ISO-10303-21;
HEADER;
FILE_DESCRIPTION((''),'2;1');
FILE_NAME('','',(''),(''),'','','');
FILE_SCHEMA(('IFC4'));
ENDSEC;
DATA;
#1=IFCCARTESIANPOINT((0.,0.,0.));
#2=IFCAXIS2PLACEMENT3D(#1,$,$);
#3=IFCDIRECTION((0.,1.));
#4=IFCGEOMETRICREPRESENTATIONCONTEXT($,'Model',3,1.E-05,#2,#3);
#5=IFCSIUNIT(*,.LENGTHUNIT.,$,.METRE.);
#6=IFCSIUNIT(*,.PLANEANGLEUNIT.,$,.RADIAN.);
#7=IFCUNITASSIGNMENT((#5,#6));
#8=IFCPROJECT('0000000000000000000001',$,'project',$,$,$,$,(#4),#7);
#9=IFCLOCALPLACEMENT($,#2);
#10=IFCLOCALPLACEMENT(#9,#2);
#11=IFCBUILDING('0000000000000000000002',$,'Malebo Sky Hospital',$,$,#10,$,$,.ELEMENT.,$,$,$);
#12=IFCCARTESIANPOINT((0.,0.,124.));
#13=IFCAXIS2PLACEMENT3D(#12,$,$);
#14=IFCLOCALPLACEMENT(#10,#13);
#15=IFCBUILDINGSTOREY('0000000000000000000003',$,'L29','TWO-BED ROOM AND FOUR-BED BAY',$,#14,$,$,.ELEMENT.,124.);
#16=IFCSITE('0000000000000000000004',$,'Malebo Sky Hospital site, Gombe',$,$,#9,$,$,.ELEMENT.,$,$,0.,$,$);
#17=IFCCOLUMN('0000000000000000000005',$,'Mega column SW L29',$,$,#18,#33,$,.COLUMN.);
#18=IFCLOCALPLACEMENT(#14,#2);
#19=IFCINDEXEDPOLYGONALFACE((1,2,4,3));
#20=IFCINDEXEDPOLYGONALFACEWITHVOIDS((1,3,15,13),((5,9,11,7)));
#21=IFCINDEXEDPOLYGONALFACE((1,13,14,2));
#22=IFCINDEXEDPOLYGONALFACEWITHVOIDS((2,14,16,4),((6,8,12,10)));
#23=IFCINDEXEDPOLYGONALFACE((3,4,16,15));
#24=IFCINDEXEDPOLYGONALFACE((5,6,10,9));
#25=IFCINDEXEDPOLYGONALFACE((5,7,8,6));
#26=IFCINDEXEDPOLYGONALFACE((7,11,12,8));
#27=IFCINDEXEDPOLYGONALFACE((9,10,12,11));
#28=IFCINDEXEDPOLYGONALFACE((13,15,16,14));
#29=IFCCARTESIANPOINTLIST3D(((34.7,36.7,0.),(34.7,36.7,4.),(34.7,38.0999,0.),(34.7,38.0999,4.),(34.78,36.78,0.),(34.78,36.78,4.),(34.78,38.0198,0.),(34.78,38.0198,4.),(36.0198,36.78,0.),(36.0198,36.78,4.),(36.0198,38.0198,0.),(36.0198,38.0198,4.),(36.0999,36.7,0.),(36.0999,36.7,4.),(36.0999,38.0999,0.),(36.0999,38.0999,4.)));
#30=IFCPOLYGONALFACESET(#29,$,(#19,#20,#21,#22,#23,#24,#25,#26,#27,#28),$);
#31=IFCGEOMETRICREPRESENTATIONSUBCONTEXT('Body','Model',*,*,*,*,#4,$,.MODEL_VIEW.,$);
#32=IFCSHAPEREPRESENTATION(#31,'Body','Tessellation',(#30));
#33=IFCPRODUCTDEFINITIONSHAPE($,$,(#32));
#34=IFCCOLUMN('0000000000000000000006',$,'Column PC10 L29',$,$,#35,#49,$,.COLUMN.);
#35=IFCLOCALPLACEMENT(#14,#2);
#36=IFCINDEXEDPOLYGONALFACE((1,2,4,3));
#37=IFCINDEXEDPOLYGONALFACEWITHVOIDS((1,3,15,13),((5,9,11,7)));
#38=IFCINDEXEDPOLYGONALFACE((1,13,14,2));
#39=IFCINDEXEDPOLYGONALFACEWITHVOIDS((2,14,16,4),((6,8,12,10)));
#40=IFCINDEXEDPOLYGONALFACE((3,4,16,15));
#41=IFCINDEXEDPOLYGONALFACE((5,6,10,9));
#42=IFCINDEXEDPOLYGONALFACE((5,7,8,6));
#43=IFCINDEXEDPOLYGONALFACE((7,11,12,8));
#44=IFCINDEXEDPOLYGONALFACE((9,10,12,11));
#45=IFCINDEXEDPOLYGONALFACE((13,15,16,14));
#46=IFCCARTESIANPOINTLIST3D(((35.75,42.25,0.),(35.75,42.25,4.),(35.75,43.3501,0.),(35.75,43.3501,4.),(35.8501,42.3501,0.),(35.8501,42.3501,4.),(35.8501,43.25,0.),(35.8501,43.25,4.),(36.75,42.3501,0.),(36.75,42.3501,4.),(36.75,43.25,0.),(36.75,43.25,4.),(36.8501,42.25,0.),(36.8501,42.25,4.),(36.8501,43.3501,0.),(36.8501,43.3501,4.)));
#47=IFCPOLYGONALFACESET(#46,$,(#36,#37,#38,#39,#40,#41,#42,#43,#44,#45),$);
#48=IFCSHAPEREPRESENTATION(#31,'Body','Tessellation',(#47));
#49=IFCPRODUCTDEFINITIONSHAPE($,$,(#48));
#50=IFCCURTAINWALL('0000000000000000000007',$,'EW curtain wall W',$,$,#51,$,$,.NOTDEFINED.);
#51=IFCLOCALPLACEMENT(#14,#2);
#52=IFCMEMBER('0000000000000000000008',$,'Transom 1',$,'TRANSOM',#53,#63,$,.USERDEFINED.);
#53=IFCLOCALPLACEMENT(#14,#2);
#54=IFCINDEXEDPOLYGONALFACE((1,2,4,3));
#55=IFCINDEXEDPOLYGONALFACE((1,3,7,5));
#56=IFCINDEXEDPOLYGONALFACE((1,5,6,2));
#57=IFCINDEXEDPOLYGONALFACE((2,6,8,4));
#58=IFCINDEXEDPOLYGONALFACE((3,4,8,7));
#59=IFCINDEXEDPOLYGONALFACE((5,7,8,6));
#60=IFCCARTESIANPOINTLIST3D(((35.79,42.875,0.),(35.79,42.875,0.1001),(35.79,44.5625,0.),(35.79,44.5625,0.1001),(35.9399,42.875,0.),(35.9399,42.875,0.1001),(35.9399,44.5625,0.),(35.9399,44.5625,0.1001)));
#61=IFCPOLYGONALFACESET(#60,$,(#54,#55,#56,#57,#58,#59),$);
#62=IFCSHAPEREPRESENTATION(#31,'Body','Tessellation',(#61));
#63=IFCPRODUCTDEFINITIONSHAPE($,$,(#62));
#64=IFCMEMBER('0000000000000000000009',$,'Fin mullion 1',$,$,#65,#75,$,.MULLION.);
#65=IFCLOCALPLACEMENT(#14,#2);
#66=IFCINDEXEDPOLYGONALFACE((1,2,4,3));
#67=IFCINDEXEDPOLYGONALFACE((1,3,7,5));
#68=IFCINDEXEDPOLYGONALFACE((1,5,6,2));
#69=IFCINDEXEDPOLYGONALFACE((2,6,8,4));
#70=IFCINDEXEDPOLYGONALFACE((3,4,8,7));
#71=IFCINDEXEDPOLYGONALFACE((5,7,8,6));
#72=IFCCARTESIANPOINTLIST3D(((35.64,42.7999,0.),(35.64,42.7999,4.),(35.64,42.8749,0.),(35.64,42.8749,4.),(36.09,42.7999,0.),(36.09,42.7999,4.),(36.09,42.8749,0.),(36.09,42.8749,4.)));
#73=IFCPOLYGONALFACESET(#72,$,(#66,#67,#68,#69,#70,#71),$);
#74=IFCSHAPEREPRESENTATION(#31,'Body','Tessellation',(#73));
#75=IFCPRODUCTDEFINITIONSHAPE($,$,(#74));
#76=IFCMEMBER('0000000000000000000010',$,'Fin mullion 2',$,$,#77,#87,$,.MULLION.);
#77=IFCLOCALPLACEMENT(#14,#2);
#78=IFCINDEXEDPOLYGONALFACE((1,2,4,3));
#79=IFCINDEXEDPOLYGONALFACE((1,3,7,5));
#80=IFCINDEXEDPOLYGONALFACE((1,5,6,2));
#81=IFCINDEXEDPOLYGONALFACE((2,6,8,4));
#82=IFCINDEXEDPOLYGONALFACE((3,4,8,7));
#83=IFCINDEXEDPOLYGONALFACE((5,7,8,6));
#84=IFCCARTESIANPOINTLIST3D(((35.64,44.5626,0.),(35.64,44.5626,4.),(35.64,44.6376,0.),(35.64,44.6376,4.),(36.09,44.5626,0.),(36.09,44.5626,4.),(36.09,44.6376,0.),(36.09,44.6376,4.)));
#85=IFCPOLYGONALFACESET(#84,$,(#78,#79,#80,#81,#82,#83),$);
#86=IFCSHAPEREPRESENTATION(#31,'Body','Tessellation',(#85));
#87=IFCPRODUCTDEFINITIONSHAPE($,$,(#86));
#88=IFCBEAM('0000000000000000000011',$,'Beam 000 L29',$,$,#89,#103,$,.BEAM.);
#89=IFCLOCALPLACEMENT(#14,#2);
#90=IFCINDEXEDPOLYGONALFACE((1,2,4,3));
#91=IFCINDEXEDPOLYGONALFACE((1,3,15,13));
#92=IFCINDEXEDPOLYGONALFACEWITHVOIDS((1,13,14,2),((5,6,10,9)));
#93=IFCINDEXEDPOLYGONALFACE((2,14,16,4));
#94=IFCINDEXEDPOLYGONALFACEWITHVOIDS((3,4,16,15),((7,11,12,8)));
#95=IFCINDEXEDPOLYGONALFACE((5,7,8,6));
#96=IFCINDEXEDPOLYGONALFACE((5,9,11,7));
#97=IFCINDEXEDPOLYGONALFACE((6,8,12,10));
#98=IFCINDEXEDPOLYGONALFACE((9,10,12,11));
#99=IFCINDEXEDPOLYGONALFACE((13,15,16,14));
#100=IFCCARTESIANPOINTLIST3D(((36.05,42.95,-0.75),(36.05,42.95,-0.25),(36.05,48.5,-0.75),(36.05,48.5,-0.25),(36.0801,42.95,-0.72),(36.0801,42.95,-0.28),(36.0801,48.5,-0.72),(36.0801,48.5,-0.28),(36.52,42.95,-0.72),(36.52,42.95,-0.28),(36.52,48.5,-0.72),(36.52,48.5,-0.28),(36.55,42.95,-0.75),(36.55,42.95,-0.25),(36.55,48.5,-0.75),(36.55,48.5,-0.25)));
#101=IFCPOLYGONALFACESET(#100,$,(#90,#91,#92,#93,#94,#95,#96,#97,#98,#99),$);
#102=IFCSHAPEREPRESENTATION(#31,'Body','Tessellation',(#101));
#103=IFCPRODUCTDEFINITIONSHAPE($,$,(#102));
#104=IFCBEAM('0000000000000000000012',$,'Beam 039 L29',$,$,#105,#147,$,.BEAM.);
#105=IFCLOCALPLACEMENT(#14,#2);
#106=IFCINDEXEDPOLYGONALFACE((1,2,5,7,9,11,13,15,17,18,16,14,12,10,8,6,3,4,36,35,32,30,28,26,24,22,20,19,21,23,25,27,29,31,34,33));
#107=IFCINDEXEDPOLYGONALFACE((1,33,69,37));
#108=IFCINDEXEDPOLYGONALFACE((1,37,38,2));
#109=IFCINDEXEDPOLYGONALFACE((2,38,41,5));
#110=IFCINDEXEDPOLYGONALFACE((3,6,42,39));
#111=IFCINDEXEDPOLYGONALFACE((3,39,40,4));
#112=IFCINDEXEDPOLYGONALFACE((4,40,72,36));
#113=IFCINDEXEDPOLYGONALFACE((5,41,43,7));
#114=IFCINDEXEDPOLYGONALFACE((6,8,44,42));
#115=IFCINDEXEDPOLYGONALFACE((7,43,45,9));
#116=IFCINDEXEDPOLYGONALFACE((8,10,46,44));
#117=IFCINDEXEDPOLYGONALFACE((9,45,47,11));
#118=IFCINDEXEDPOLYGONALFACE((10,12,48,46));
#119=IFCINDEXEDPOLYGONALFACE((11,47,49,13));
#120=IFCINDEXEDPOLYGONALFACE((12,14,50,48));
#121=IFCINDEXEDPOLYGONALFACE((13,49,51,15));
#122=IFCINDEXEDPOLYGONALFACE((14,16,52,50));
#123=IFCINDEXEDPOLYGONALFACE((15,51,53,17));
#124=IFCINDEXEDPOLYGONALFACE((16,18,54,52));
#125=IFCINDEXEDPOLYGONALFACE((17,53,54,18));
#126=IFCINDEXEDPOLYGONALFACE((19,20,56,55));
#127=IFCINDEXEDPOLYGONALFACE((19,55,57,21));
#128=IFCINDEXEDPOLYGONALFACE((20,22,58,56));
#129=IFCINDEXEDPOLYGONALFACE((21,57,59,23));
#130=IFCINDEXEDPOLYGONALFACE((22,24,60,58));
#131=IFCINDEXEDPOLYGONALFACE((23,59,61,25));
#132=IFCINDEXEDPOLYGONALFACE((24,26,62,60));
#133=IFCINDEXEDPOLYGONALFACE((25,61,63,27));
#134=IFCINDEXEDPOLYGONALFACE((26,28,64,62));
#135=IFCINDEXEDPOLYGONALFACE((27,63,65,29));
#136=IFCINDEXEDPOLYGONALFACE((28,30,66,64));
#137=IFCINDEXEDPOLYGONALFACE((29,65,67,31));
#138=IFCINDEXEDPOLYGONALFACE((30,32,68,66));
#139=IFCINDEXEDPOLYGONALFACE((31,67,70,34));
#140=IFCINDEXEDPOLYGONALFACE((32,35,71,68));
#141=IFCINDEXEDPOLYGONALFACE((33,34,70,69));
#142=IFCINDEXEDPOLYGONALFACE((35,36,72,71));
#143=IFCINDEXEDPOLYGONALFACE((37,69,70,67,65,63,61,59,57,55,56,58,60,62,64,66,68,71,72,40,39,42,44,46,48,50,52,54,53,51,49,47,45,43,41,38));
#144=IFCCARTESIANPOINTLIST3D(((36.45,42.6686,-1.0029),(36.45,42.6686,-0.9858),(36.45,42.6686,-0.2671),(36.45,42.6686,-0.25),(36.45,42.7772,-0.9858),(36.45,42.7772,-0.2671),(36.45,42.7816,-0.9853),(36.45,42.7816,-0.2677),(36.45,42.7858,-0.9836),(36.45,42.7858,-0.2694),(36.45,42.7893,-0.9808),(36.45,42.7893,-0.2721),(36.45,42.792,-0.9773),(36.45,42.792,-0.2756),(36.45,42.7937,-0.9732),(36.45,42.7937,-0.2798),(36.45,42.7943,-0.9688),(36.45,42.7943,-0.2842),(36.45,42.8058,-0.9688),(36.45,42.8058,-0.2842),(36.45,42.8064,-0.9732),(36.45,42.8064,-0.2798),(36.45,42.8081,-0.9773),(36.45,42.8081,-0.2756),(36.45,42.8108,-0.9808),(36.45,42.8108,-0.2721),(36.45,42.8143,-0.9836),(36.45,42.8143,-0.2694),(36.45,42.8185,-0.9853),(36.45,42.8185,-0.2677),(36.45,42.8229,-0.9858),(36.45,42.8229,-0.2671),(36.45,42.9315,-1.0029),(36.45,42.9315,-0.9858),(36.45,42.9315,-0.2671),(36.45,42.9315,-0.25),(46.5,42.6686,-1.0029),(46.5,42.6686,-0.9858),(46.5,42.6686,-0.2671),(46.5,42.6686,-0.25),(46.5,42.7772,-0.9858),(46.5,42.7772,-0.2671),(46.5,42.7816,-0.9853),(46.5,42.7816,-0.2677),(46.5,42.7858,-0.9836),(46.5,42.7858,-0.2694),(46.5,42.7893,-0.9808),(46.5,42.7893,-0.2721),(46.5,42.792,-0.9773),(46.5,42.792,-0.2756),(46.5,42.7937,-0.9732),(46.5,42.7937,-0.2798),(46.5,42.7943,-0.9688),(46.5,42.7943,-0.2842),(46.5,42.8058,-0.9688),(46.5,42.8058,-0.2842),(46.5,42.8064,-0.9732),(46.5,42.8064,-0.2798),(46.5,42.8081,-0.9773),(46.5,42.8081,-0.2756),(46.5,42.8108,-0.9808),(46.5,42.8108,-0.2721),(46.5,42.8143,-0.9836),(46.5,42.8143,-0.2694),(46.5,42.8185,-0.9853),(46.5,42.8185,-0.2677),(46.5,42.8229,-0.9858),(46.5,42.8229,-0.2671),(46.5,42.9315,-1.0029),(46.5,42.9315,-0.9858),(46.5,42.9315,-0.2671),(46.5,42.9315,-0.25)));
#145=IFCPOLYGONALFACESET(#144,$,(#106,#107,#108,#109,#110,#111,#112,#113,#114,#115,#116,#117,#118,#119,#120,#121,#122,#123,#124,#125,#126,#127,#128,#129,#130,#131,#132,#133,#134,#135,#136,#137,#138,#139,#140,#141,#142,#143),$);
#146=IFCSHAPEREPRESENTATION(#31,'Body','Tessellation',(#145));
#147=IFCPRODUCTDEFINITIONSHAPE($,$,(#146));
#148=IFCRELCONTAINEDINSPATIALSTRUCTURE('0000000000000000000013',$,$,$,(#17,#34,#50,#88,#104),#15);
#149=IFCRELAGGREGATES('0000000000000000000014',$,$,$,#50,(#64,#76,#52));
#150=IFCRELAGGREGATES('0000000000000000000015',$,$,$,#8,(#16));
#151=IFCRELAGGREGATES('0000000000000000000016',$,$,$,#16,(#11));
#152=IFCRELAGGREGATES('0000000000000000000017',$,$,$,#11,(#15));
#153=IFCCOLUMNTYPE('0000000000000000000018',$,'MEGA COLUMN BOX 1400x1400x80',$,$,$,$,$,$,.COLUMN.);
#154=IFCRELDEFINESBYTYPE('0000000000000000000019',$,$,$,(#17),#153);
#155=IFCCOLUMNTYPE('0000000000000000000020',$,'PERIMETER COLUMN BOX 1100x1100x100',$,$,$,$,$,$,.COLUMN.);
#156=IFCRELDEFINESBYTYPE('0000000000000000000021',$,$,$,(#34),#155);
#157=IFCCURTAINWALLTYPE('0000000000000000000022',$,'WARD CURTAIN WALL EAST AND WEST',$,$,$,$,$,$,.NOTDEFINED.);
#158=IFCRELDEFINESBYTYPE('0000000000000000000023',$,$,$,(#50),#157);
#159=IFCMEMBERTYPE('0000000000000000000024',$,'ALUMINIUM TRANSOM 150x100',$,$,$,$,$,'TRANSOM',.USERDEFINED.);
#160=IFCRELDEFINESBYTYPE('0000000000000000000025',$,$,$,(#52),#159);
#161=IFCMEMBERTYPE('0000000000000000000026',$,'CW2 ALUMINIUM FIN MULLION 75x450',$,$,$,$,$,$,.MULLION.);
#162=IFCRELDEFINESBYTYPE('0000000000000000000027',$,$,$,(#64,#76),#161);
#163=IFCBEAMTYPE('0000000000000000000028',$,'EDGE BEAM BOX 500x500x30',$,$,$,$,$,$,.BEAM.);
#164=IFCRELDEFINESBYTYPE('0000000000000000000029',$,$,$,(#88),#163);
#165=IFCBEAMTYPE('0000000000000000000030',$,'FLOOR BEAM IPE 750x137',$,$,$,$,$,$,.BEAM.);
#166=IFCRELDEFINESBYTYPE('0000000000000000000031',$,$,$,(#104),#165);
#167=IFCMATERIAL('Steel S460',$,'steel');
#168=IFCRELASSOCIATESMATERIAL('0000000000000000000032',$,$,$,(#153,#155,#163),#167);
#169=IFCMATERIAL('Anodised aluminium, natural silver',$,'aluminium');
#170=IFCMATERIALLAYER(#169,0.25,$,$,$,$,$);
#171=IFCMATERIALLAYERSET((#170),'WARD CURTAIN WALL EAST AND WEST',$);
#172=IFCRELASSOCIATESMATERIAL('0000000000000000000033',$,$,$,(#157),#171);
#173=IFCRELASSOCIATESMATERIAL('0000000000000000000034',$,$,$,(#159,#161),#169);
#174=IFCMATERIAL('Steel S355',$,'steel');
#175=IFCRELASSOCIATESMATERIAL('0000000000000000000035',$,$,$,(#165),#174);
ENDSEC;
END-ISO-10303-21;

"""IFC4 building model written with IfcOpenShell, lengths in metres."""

from ifc_helpers import new_model, si_unit, direction, frame, origin, origin_2d, place, context, subcontext, project, spatial, rectangle, hollow_rectangle, i_section, extrude, material, layer, layer_set, material_profile, profile_set, type_object, element, aggregate, save


model = new_model("IFC4")

# Units and contexts
model_context = context("Model", 3, precision=1e-05, world=origin(), true_north=direction((0.0, 1.0)))
body_context = subcontext(model_context, "Body", "Model", "MODEL_VIEW")
ifc_project = project(units=[si_unit("LENGTHUNIT", "METRE"), si_unit("PLANEANGLEUNIT", "RADIAN")], contexts=[model_context])

# Site, building, storey
site_placement = place(None, origin())
site = spatial("IfcSite", under=ifc_project, at=site_placement, Name="Malebo Sky Hospital site, Gombe", CompositionType="ELEMENT", RefElevation=0.0)
building_placement = place(site_placement, origin())
building = spatial("IfcBuilding", under=site, at=building_placement, Name="Malebo Sky Hospital", CompositionType="ELEMENT")
storey_placement = place(building_placement, frame((0.0, 0.0, 124.0)))
storey = spatial("IfcBuildingStorey", under=building, at=storey_placement, Name="L29", Description="TWO-BED ROOM AND FOUR-BED BAY", CompositionType="ELEMENT", Elevation=124.0)

# Columns
ifc_material_1 = material(Name="Steel S460", Category="steel")
ifc_material_profile_1 = material_profile(ifc_material_1, hollow_rectangle(XDim=1.3999, YDim=1.3999, WallThickness=0.0801, at=origin_2d()), Name="BOX 1400x1400x80")
ifc_profile_set_1 = profile_set([ifc_material_profile_1], Name="Steel S460")
column_type_1 = type_object("IfcColumnType", Name="MEGA COLUMN BOX 1400x1400x80", PredefinedType="COLUMN", material=ifc_profile_set_1)
column_1_placement = place(storey_placement, frame((35.3999, 37.3999, 0.0), z_axis=(0.0, 0.0, 1.0), x_axis=(1.0, 0.0, 0.0)))
element("IfcColumn", 1, at=column_1_placement, inside=storey, type_object=column_type_1, Name="Mega column SW L29", PredefinedType="COLUMN", context=body_context, shape_type="SweptSolid", body=[
    extrude(hollow_rectangle(XDim=1.3999, YDim=1.3999, WallThickness=0.0801, at=origin_2d()), origin(), (0.0, 0.0, 1.0), 4.0),
])
ifc_material_profile_2 = material_profile(ifc_material_1, hollow_rectangle(XDim=1.1001, YDim=1.1001, WallThickness=0.1001, at=origin_2d()), Name="BOX 1100x1100x100")
ifc_profile_set_2 = profile_set([ifc_material_profile_2], Name="Steel S460")
column_type_2 = type_object("IfcColumnType", Name="PERIMETER COLUMN BOX 1100x1100x100", PredefinedType="COLUMN", material=ifc_profile_set_2)
column_2_placement = place(storey_placement, frame((36.3, 42.8, 0.0), z_axis=(0.0, 0.0, 1.0), x_axis=(1.0, 0.0, 0.0)))
element("IfcColumn", 2, at=column_2_placement, inside=storey, type_object=column_type_2, Name="Column PC10 L29", PredefinedType="COLUMN", context=body_context, shape_type="SweptSolid", body=[
    extrude(hollow_rectangle(XDim=1.1001, YDim=1.1001, WallThickness=0.1001, at=origin_2d()), origin(), (0.0, 0.0, 1.0), 4.0),
])

# Curtain wall, members
ifc_material_2 = material(Name="Anodised aluminium, natural silver", Category="aluminium")
ifc_layer_1 = layer(ifc_material_2, 0.25)
ifc_layer_set_1 = layer_set([ifc_layer_1], Name="WARD CURTAIN WALL EAST AND WEST")
curtain_wall_type = type_object("IfcCurtainWallType", Name="WARD CURTAIN WALL EAST AND WEST", PredefinedType="NOTDEFINED", material=ifc_layer_set_1)
curtain_wall_placement = place(storey_placement, origin())
curtain_wall = element("IfcCurtainWall", 3, at=curtain_wall_placement, inside=storey, type_object=curtain_wall_type, Name="EW curtain wall W", PredefinedType="NOTDEFINED")
ifc_material_profile_3 = material_profile(ifc_material_2, rectangle(XDim=0.1499, YDim=0.1001, at=origin_2d()), Name="ALUMINIUM TRANSOM 150x100")
ifc_profile_set_3 = profile_set([ifc_material_profile_3], Name="Anodised aluminium, natural silver")
member_type_1 = type_object("IfcMemberType", Name="ALUMINIUM TRANSOM 150x100", ElementType="TRANSOM", PredefinedType="USERDEFINED", material=ifc_profile_set_3)
member_1_placement = place(storey_placement, frame((35.865, 42.875, 0.05), z_axis=(0.0, 1.0, 0.0), x_axis=(-1.0, 0.0, 0.0)))
member_1 = element("IfcMember", 4, at=member_1_placement, type_object=member_type_1, Name="Transom 1", ObjectType="TRANSOM", PredefinedType="USERDEFINED", context=body_context, shape_type="SweptSolid", body=[
    extrude(rectangle(XDim=0.1499, YDim=0.1001, at=origin_2d()), origin(), (0.0, 0.0, 1.0), 1.6875),
])
ifc_material_profile_4 = material_profile(ifc_material_2, rectangle(XDim=0.075, YDim=0.45, at=origin_2d()), Name="CW2 ALUMINIUM FIN MULLION 75x450")
ifc_profile_set_4 = profile_set([ifc_material_profile_4], Name="Anodised aluminium, natural silver")
member_type_2 = type_object("IfcMemberType", Name="CW2 ALUMINIUM FIN MULLION 75x450", PredefinedType="MULLION", material=ifc_profile_set_4)
member_2_placement = place(storey_placement, frame((35.865, 42.8374, 0.0), z_axis=(0.0, 0.0, 1.0), x_axis=(0.0, 1.0, 0.0)))
member_2 = element("IfcMember", 5, at=member_2_placement, type_object=member_type_2, Name="Fin mullion 1", PredefinedType="MULLION", context=body_context, shape_type="SweptSolid", body=[
    extrude(rectangle(XDim=0.075, YDim=0.45, at=origin_2d()), origin(), (0.0, 0.0, 1.0), 4.0),
])
member_3_placement = place(storey_placement, frame((35.865, 44.6001, 0.0), z_axis=(0.0, 0.0, 1.0), x_axis=(0.0, 1.0, 0.0)))
member_3 = element("IfcMember", 6, at=member_3_placement, type_object=member_type_2, Name="Fin mullion 2", PredefinedType="MULLION", context=body_context, shape_type="SweptSolid", body=[
    extrude(rectangle(XDim=0.075, YDim=0.45, at=origin_2d()), origin(), (0.0, 0.0, 1.0), 4.0),
])

# Beams
ifc_material_profile_5 = material_profile(ifc_material_1, hollow_rectangle(XDim=0.5, YDim=0.5, WallThickness=0.03, at=origin_2d()), Name="BOX 500x500x30")
ifc_profile_set_5 = profile_set([ifc_material_profile_5], Name="Steel S460")
beam_type_1 = type_object("IfcBeamType", Name="EDGE BEAM BOX 500x500x30", PredefinedType="BEAM", material=ifc_profile_set_5)
beam_1_placement = place(storey_placement, frame((36.3, 42.95, -0.5), z_axis=(0.0, 1.0, 0.0), x_axis=(-1.0, 0.0, 0.0)))
element("IfcBeam", 7, at=beam_1_placement, inside=storey, type_object=beam_type_1, Name="Beam 000 L29", PredefinedType="BEAM", context=body_context, shape_type="SweptSolid", body=[
    extrude(hollow_rectangle(XDim=0.5, YDim=0.5, WallThickness=0.03, at=origin_2d()), origin(), (0.0, 0.0, 1.0), 5.55),
])
ifc_material_3 = material(Name="Steel S355", Category="steel")
ifc_material_profile_6 = material_profile(ifc_material_3, i_section(OverallWidth=0.2629, OverallDepth=0.7529, WebThickness=0.0115, FlangeThickness=0.0171, FilletRadius=0.0171, at=origin_2d()), Name="IPE 750x137")
ifc_profile_set_6 = profile_set([ifc_material_profile_6], Name="Steel S355")
beam_type_2 = type_object("IfcBeamType", Name="FLOOR BEAM IPE 750x137", PredefinedType="BEAM", material=ifc_profile_set_6)
beam_2_placement = place(storey_placement, frame((36.45, 42.8, -0.6265), z_axis=(1.0, 0.0, 0.0), x_axis=(0.0, 1.0, 0.0)))
element("IfcBeam", 8, at=beam_2_placement, inside=storey, type_object=beam_type_2, Name="Beam 039 L29", PredefinedType="BEAM", context=body_context, shape_type="SweptSolid", body=[
    extrude(i_section(OverallWidth=0.2629, OverallDepth=0.7529, WebThickness=0.0115, FlangeThickness=0.0171, FilletRadius=0.0171, at=origin_2d()), origin(), (0.0, 0.0, 1.0), 10.05),
])

aggregate(curtain_wall, [member_2, member_3, member_1])

save(model, "model.ifc")
